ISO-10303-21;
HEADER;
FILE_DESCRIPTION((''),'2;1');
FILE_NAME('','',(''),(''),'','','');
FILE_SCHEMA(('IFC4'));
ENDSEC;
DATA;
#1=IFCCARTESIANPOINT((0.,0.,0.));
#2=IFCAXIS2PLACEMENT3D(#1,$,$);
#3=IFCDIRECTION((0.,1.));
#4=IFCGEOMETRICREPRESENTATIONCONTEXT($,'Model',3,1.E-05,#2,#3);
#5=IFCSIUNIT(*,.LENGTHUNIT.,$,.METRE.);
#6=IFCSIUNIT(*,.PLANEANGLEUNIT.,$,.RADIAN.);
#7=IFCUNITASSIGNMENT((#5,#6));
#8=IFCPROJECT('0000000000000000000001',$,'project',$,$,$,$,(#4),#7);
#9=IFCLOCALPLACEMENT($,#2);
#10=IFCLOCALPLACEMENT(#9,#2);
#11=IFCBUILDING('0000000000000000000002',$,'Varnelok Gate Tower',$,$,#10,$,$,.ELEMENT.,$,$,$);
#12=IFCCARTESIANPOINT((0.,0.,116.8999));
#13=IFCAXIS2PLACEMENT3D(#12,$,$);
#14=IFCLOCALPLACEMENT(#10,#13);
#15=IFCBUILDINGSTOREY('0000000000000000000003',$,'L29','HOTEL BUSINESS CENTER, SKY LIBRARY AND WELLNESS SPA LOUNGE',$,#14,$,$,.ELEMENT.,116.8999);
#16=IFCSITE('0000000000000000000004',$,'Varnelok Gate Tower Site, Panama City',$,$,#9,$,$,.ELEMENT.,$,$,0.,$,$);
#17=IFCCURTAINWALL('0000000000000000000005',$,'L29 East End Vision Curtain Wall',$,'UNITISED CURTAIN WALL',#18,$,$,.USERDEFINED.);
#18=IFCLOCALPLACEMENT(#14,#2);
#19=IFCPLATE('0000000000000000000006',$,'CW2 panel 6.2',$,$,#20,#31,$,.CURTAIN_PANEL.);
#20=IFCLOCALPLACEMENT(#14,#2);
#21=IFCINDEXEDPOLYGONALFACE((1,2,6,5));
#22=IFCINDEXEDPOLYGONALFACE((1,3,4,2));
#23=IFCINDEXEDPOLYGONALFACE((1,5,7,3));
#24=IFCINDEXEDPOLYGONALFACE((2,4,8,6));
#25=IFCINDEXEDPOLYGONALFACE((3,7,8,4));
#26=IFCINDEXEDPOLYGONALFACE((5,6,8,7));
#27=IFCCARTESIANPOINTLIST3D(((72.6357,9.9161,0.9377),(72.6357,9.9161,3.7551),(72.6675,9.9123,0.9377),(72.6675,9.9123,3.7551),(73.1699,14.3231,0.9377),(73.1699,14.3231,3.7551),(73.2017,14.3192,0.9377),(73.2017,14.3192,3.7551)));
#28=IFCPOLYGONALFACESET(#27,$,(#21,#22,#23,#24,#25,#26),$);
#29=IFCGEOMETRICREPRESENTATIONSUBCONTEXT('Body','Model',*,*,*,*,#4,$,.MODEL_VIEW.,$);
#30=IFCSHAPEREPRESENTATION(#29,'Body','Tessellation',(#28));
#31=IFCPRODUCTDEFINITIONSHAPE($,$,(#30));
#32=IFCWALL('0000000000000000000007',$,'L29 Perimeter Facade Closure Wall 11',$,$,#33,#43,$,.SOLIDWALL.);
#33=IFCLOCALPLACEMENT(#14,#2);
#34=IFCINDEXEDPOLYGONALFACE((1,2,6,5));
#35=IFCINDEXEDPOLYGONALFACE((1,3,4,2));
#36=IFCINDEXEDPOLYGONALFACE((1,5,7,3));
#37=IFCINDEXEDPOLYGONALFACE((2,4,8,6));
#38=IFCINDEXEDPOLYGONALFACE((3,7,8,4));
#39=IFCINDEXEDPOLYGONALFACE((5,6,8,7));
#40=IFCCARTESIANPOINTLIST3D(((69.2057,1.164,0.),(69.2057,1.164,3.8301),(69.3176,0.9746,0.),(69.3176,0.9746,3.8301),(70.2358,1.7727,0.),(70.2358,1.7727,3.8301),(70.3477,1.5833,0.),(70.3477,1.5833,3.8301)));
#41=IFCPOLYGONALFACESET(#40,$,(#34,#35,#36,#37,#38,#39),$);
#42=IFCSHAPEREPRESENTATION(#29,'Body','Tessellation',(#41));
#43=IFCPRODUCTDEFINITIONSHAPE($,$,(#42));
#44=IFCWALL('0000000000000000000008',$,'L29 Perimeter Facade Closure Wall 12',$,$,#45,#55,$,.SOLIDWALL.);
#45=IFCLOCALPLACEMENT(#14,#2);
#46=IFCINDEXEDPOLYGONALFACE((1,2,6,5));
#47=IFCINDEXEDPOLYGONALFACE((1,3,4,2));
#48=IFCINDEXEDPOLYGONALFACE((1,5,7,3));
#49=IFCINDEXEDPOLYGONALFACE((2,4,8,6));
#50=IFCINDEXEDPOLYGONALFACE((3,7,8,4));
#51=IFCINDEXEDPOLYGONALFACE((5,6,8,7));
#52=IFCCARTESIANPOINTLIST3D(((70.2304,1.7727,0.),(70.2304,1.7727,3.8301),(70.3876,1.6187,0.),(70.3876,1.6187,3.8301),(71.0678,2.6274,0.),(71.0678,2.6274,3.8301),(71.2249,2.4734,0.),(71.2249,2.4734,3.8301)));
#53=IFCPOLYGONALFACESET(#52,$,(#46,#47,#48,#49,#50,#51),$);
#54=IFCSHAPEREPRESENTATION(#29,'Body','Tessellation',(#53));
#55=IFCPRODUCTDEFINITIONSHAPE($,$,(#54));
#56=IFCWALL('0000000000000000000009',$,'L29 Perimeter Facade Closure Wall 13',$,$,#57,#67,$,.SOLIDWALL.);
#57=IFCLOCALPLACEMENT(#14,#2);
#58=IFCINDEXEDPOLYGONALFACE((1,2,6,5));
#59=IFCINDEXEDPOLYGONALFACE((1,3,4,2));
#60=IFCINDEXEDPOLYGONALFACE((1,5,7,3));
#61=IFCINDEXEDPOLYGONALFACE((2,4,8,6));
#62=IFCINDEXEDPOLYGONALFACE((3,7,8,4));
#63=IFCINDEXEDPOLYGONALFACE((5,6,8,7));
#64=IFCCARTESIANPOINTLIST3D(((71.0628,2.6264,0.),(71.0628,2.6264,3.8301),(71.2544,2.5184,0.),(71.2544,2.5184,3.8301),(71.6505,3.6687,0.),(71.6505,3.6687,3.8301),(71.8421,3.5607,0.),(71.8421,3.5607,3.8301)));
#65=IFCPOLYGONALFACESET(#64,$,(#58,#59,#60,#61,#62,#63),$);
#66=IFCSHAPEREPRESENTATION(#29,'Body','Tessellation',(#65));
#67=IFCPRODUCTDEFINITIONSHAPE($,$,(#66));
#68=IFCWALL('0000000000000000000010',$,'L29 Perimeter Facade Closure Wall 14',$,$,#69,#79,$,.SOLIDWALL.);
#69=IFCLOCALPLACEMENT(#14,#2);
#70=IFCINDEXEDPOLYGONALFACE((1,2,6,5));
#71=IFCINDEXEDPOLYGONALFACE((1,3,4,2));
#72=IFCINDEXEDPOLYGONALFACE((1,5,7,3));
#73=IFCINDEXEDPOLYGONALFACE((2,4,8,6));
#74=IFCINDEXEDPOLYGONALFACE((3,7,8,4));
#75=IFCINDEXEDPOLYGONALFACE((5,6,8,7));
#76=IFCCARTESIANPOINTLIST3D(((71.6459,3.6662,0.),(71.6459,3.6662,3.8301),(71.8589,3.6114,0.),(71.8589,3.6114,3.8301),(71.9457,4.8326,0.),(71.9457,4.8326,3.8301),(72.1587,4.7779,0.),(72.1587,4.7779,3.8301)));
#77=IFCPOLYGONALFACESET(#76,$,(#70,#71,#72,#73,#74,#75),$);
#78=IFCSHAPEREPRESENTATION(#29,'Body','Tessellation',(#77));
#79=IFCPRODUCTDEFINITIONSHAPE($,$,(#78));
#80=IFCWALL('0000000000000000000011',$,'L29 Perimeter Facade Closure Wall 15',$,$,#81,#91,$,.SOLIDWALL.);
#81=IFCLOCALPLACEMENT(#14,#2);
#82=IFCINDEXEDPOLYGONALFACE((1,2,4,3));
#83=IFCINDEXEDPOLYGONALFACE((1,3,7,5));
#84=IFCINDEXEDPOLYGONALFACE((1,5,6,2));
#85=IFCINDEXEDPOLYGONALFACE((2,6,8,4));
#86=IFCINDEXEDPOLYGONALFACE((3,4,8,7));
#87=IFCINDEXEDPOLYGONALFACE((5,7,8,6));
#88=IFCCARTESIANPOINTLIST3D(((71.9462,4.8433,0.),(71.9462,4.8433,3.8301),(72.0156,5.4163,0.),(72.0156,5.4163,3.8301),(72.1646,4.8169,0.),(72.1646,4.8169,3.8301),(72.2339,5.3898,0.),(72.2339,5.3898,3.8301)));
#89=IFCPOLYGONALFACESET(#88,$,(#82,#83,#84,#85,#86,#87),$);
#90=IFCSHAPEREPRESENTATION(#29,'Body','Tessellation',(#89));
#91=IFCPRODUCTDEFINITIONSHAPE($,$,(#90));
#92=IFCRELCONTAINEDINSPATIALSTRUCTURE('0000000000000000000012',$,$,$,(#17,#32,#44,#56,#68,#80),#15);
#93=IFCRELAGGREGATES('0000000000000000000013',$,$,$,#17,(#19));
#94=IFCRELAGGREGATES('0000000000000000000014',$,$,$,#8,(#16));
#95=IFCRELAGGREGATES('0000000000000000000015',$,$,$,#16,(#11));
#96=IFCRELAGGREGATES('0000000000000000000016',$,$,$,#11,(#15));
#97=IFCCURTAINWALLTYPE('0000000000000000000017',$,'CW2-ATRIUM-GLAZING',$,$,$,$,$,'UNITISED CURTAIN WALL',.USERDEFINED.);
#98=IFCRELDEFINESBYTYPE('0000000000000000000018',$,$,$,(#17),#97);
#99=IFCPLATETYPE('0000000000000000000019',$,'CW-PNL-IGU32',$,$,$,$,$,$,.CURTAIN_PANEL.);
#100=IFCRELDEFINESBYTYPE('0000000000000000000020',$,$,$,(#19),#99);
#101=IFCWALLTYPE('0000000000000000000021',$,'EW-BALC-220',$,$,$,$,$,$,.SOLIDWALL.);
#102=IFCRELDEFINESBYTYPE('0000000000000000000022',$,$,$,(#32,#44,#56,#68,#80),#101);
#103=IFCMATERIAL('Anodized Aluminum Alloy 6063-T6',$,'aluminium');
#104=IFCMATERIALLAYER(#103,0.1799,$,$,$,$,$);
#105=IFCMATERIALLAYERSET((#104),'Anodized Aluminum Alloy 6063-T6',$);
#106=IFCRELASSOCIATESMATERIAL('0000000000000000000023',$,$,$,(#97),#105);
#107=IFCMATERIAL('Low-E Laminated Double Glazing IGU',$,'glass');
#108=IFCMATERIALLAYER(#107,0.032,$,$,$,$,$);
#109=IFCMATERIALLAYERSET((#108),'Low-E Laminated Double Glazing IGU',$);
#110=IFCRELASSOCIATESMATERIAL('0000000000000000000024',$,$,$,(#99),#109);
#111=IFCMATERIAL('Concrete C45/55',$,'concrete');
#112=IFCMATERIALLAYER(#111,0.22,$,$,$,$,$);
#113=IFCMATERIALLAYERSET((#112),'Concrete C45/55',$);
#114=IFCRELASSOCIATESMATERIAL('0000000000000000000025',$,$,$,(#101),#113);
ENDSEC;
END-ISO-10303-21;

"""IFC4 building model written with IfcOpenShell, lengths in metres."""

from ifc_helpers import new_model, si_unit, direction, frame, frame_2d, origin, origin_2d, place, context, subcontext, project, spatial, rectangle, extrude, source, transform, mapped, material, layer, layer_set, type_object, element, aggregate, save


model = new_model("IFC4")

# Units and contexts
model_context = context("Model", 3, precision=1e-05, world=origin(), true_north=direction((0.0, 1.0)))
body_context = subcontext(model_context, "Body", "Model", "MODEL_VIEW")
ifc_project = project(units=[si_unit("LENGTHUNIT", "METRE"), si_unit("PLANEANGLEUNIT", "RADIAN")], contexts=[model_context])

# Site, building, storey
site_placement = place(None, origin())
site = spatial("IfcSite", under=ifc_project, at=site_placement, Name="Varnelok Gate Tower Site, Panama City", CompositionType="ELEMENT", RefElevation=0.0)
building_placement = place(site_placement, origin())
building = spatial("IfcBuilding", under=site, at=building_placement, Name="Varnelok Gate Tower", CompositionType="ELEMENT")
storey_placement = place(building_placement, frame((0.0, 0.0, 116.8999)))
storey = spatial("IfcBuildingStorey", under=building, at=storey_placement, Name="L29", Description="HOTEL BUSINESS CENTER, SKY LIBRARY AND WELLNESS SPA LOUNGE", CompositionType="ELEMENT", Elevation=116.8999)

# Curtain wall, plate
ifc_material_1 = material(Name="Anodized Aluminum Alloy 6063-T6", Category="aluminium")
ifc_layer_1 = layer(ifc_material_1, 0.1799)
ifc_layer_set_1 = layer_set([ifc_layer_1], Name="Anodized Aluminum Alloy 6063-T6")
curtain_wall_type = type_object("IfcCurtainWallType", Name="CW2-ATRIUM-GLAZING", ElementType="UNITISED CURTAIN WALL", PredefinedType="USERDEFINED", material=ifc_layer_set_1)
curtain_wall_placement = place(storey_placement, origin())
curtain_wall = element("IfcCurtainWall", 1, at=curtain_wall_placement, inside=storey, type_object=curtain_wall_type, Name="L29 East End Vision Curtain Wall", ObjectType="UNITISED CURTAIN WALL", PredefinedType="USERDEFINED")
ifc_material_2 = material(Name="Low-E Laminated Double Glazing IGU", Category="glass")
ifc_layer_2 = layer(ifc_material_2, 0.032)
ifc_layer_set_2 = layer_set([ifc_layer_2], Name="Low-E Laminated Double Glazing IGU")
plate_type = type_object("IfcPlateType", Name="CW-PNL-IGU32", PredefinedType="CURTAIN_PANEL", material=ifc_layer_set_2)
shared_shape_1 = source(origin(), body_context, "Body", "SweptSolid", [
    extrude(rectangle(XDim=4.4392, YDim=0.032, at=origin_2d()), origin(), (0.0, 0.0, 1.0), 2.8174),
])
plate_1_placement = place(storey_placement, frame((72.9187, 12.1177, 0.9377), z_axis=(0.0, 0.0, 1.0), x_axis=(-0.120345, -0.992732, 0.0)))
plate_1 = element("IfcPlate", 2, at=plate_1_placement, type_object=plate_type, Name="CW2 panel 6.2", PredefinedType="CURTAIN_PANEL", context=body_context, shape_type="MappedRepresentation", body=[
    mapped(shared_shape_1, transform((0.0, 0.0, 0.0), scale=1.0)),
])
aggregate(curtain_wall, [plate_1])

# Walls
ifc_material_3 = material(Name="Concrete C45/55", Category="concrete")
ifc_layer_3 = layer(ifc_material_3, 0.22)
ifc_layer_set_3 = layer_set([ifc_layer_3], Name="Concrete C45/55")
wall_type = type_object("IfcWallType", Name="EW-BALC-220", PredefinedType="SOLIDWALL", material=ifc_layer_set_3)
for number, where, z_axis, x_axis, name in (
    (3, (69.2617, 1.0693, 0.0), (0.0, 0.0, 1.0), (0.860931, 0.508722, 0.0), "L29 Perimeter Facade Closure Wall 11"),
    (4, (70.3091, 1.6958, 0.0), (0.0, 0.0, 1.0), (0.699827, 0.714313, 0.0), "L29 Perimeter Facade Closure Wall 12"),
    (5, (71.1587, 2.5725, 0.0), (0.0, 0.0, 1.0), (0.491143, 0.871079, 0.0), "L29 Perimeter Facade Closure Wall 13"),
):
    element("IfcWall", number, at=place(storey_placement, frame(where, z_axis=z_axis, x_axis=x_axis)), inside=storey, type_object=wall_type, Name=name, PredefinedType="SOLIDWALL", context=body_context, shape_type="SweptSolid", body=[
        extrude(rectangle(XDim=1.1965, YDim=0.22, at=frame_2d((0.5981, 0.0))), origin(), (0.0, 0.0, 1.0), 3.8301),
    ])
wall_1_placement = place(storey_placement, frame((71.7524, 3.6389, 0.0), z_axis=(0.0, 0.0, 1.0), x_axis=(0.248922, 0.968524, 0.0)))
element("IfcWall", 6, at=wall_1_placement, inside=storey, type_object=wall_type, Name="L29 Perimeter Facade Closure Wall 14", PredefinedType="SOLIDWALL", context=body_context, shape_type="SweptSolid", body=[
    extrude(rectangle(XDim=1.2043, YDim=0.22, at=frame_2d((0.6021, 0.0))), origin(), (0.0, 0.0, 1.0), 3.8301),
])
wall_2_placement = place(storey_placement, frame((72.0554, 4.8301, 0.0), z_axis=(0.0, 0.0, 1.0), x_axis=(0.120129, 0.992758, 0.0)))
element("IfcWall", 7, at=wall_2_placement, inside=storey, type_object=wall_type, Name="L29 Perimeter Facade Closure Wall 15", PredefinedType="SOLIDWALL", context=body_context, shape_type="SweptSolid", body=[
    extrude(rectangle(XDim=0.5771, YDim=0.22, at=frame_2d((0.2886, 0.0))), origin(), (0.0, 0.0, 1.0), 3.8301),
])

save(model, "model.ifc")
